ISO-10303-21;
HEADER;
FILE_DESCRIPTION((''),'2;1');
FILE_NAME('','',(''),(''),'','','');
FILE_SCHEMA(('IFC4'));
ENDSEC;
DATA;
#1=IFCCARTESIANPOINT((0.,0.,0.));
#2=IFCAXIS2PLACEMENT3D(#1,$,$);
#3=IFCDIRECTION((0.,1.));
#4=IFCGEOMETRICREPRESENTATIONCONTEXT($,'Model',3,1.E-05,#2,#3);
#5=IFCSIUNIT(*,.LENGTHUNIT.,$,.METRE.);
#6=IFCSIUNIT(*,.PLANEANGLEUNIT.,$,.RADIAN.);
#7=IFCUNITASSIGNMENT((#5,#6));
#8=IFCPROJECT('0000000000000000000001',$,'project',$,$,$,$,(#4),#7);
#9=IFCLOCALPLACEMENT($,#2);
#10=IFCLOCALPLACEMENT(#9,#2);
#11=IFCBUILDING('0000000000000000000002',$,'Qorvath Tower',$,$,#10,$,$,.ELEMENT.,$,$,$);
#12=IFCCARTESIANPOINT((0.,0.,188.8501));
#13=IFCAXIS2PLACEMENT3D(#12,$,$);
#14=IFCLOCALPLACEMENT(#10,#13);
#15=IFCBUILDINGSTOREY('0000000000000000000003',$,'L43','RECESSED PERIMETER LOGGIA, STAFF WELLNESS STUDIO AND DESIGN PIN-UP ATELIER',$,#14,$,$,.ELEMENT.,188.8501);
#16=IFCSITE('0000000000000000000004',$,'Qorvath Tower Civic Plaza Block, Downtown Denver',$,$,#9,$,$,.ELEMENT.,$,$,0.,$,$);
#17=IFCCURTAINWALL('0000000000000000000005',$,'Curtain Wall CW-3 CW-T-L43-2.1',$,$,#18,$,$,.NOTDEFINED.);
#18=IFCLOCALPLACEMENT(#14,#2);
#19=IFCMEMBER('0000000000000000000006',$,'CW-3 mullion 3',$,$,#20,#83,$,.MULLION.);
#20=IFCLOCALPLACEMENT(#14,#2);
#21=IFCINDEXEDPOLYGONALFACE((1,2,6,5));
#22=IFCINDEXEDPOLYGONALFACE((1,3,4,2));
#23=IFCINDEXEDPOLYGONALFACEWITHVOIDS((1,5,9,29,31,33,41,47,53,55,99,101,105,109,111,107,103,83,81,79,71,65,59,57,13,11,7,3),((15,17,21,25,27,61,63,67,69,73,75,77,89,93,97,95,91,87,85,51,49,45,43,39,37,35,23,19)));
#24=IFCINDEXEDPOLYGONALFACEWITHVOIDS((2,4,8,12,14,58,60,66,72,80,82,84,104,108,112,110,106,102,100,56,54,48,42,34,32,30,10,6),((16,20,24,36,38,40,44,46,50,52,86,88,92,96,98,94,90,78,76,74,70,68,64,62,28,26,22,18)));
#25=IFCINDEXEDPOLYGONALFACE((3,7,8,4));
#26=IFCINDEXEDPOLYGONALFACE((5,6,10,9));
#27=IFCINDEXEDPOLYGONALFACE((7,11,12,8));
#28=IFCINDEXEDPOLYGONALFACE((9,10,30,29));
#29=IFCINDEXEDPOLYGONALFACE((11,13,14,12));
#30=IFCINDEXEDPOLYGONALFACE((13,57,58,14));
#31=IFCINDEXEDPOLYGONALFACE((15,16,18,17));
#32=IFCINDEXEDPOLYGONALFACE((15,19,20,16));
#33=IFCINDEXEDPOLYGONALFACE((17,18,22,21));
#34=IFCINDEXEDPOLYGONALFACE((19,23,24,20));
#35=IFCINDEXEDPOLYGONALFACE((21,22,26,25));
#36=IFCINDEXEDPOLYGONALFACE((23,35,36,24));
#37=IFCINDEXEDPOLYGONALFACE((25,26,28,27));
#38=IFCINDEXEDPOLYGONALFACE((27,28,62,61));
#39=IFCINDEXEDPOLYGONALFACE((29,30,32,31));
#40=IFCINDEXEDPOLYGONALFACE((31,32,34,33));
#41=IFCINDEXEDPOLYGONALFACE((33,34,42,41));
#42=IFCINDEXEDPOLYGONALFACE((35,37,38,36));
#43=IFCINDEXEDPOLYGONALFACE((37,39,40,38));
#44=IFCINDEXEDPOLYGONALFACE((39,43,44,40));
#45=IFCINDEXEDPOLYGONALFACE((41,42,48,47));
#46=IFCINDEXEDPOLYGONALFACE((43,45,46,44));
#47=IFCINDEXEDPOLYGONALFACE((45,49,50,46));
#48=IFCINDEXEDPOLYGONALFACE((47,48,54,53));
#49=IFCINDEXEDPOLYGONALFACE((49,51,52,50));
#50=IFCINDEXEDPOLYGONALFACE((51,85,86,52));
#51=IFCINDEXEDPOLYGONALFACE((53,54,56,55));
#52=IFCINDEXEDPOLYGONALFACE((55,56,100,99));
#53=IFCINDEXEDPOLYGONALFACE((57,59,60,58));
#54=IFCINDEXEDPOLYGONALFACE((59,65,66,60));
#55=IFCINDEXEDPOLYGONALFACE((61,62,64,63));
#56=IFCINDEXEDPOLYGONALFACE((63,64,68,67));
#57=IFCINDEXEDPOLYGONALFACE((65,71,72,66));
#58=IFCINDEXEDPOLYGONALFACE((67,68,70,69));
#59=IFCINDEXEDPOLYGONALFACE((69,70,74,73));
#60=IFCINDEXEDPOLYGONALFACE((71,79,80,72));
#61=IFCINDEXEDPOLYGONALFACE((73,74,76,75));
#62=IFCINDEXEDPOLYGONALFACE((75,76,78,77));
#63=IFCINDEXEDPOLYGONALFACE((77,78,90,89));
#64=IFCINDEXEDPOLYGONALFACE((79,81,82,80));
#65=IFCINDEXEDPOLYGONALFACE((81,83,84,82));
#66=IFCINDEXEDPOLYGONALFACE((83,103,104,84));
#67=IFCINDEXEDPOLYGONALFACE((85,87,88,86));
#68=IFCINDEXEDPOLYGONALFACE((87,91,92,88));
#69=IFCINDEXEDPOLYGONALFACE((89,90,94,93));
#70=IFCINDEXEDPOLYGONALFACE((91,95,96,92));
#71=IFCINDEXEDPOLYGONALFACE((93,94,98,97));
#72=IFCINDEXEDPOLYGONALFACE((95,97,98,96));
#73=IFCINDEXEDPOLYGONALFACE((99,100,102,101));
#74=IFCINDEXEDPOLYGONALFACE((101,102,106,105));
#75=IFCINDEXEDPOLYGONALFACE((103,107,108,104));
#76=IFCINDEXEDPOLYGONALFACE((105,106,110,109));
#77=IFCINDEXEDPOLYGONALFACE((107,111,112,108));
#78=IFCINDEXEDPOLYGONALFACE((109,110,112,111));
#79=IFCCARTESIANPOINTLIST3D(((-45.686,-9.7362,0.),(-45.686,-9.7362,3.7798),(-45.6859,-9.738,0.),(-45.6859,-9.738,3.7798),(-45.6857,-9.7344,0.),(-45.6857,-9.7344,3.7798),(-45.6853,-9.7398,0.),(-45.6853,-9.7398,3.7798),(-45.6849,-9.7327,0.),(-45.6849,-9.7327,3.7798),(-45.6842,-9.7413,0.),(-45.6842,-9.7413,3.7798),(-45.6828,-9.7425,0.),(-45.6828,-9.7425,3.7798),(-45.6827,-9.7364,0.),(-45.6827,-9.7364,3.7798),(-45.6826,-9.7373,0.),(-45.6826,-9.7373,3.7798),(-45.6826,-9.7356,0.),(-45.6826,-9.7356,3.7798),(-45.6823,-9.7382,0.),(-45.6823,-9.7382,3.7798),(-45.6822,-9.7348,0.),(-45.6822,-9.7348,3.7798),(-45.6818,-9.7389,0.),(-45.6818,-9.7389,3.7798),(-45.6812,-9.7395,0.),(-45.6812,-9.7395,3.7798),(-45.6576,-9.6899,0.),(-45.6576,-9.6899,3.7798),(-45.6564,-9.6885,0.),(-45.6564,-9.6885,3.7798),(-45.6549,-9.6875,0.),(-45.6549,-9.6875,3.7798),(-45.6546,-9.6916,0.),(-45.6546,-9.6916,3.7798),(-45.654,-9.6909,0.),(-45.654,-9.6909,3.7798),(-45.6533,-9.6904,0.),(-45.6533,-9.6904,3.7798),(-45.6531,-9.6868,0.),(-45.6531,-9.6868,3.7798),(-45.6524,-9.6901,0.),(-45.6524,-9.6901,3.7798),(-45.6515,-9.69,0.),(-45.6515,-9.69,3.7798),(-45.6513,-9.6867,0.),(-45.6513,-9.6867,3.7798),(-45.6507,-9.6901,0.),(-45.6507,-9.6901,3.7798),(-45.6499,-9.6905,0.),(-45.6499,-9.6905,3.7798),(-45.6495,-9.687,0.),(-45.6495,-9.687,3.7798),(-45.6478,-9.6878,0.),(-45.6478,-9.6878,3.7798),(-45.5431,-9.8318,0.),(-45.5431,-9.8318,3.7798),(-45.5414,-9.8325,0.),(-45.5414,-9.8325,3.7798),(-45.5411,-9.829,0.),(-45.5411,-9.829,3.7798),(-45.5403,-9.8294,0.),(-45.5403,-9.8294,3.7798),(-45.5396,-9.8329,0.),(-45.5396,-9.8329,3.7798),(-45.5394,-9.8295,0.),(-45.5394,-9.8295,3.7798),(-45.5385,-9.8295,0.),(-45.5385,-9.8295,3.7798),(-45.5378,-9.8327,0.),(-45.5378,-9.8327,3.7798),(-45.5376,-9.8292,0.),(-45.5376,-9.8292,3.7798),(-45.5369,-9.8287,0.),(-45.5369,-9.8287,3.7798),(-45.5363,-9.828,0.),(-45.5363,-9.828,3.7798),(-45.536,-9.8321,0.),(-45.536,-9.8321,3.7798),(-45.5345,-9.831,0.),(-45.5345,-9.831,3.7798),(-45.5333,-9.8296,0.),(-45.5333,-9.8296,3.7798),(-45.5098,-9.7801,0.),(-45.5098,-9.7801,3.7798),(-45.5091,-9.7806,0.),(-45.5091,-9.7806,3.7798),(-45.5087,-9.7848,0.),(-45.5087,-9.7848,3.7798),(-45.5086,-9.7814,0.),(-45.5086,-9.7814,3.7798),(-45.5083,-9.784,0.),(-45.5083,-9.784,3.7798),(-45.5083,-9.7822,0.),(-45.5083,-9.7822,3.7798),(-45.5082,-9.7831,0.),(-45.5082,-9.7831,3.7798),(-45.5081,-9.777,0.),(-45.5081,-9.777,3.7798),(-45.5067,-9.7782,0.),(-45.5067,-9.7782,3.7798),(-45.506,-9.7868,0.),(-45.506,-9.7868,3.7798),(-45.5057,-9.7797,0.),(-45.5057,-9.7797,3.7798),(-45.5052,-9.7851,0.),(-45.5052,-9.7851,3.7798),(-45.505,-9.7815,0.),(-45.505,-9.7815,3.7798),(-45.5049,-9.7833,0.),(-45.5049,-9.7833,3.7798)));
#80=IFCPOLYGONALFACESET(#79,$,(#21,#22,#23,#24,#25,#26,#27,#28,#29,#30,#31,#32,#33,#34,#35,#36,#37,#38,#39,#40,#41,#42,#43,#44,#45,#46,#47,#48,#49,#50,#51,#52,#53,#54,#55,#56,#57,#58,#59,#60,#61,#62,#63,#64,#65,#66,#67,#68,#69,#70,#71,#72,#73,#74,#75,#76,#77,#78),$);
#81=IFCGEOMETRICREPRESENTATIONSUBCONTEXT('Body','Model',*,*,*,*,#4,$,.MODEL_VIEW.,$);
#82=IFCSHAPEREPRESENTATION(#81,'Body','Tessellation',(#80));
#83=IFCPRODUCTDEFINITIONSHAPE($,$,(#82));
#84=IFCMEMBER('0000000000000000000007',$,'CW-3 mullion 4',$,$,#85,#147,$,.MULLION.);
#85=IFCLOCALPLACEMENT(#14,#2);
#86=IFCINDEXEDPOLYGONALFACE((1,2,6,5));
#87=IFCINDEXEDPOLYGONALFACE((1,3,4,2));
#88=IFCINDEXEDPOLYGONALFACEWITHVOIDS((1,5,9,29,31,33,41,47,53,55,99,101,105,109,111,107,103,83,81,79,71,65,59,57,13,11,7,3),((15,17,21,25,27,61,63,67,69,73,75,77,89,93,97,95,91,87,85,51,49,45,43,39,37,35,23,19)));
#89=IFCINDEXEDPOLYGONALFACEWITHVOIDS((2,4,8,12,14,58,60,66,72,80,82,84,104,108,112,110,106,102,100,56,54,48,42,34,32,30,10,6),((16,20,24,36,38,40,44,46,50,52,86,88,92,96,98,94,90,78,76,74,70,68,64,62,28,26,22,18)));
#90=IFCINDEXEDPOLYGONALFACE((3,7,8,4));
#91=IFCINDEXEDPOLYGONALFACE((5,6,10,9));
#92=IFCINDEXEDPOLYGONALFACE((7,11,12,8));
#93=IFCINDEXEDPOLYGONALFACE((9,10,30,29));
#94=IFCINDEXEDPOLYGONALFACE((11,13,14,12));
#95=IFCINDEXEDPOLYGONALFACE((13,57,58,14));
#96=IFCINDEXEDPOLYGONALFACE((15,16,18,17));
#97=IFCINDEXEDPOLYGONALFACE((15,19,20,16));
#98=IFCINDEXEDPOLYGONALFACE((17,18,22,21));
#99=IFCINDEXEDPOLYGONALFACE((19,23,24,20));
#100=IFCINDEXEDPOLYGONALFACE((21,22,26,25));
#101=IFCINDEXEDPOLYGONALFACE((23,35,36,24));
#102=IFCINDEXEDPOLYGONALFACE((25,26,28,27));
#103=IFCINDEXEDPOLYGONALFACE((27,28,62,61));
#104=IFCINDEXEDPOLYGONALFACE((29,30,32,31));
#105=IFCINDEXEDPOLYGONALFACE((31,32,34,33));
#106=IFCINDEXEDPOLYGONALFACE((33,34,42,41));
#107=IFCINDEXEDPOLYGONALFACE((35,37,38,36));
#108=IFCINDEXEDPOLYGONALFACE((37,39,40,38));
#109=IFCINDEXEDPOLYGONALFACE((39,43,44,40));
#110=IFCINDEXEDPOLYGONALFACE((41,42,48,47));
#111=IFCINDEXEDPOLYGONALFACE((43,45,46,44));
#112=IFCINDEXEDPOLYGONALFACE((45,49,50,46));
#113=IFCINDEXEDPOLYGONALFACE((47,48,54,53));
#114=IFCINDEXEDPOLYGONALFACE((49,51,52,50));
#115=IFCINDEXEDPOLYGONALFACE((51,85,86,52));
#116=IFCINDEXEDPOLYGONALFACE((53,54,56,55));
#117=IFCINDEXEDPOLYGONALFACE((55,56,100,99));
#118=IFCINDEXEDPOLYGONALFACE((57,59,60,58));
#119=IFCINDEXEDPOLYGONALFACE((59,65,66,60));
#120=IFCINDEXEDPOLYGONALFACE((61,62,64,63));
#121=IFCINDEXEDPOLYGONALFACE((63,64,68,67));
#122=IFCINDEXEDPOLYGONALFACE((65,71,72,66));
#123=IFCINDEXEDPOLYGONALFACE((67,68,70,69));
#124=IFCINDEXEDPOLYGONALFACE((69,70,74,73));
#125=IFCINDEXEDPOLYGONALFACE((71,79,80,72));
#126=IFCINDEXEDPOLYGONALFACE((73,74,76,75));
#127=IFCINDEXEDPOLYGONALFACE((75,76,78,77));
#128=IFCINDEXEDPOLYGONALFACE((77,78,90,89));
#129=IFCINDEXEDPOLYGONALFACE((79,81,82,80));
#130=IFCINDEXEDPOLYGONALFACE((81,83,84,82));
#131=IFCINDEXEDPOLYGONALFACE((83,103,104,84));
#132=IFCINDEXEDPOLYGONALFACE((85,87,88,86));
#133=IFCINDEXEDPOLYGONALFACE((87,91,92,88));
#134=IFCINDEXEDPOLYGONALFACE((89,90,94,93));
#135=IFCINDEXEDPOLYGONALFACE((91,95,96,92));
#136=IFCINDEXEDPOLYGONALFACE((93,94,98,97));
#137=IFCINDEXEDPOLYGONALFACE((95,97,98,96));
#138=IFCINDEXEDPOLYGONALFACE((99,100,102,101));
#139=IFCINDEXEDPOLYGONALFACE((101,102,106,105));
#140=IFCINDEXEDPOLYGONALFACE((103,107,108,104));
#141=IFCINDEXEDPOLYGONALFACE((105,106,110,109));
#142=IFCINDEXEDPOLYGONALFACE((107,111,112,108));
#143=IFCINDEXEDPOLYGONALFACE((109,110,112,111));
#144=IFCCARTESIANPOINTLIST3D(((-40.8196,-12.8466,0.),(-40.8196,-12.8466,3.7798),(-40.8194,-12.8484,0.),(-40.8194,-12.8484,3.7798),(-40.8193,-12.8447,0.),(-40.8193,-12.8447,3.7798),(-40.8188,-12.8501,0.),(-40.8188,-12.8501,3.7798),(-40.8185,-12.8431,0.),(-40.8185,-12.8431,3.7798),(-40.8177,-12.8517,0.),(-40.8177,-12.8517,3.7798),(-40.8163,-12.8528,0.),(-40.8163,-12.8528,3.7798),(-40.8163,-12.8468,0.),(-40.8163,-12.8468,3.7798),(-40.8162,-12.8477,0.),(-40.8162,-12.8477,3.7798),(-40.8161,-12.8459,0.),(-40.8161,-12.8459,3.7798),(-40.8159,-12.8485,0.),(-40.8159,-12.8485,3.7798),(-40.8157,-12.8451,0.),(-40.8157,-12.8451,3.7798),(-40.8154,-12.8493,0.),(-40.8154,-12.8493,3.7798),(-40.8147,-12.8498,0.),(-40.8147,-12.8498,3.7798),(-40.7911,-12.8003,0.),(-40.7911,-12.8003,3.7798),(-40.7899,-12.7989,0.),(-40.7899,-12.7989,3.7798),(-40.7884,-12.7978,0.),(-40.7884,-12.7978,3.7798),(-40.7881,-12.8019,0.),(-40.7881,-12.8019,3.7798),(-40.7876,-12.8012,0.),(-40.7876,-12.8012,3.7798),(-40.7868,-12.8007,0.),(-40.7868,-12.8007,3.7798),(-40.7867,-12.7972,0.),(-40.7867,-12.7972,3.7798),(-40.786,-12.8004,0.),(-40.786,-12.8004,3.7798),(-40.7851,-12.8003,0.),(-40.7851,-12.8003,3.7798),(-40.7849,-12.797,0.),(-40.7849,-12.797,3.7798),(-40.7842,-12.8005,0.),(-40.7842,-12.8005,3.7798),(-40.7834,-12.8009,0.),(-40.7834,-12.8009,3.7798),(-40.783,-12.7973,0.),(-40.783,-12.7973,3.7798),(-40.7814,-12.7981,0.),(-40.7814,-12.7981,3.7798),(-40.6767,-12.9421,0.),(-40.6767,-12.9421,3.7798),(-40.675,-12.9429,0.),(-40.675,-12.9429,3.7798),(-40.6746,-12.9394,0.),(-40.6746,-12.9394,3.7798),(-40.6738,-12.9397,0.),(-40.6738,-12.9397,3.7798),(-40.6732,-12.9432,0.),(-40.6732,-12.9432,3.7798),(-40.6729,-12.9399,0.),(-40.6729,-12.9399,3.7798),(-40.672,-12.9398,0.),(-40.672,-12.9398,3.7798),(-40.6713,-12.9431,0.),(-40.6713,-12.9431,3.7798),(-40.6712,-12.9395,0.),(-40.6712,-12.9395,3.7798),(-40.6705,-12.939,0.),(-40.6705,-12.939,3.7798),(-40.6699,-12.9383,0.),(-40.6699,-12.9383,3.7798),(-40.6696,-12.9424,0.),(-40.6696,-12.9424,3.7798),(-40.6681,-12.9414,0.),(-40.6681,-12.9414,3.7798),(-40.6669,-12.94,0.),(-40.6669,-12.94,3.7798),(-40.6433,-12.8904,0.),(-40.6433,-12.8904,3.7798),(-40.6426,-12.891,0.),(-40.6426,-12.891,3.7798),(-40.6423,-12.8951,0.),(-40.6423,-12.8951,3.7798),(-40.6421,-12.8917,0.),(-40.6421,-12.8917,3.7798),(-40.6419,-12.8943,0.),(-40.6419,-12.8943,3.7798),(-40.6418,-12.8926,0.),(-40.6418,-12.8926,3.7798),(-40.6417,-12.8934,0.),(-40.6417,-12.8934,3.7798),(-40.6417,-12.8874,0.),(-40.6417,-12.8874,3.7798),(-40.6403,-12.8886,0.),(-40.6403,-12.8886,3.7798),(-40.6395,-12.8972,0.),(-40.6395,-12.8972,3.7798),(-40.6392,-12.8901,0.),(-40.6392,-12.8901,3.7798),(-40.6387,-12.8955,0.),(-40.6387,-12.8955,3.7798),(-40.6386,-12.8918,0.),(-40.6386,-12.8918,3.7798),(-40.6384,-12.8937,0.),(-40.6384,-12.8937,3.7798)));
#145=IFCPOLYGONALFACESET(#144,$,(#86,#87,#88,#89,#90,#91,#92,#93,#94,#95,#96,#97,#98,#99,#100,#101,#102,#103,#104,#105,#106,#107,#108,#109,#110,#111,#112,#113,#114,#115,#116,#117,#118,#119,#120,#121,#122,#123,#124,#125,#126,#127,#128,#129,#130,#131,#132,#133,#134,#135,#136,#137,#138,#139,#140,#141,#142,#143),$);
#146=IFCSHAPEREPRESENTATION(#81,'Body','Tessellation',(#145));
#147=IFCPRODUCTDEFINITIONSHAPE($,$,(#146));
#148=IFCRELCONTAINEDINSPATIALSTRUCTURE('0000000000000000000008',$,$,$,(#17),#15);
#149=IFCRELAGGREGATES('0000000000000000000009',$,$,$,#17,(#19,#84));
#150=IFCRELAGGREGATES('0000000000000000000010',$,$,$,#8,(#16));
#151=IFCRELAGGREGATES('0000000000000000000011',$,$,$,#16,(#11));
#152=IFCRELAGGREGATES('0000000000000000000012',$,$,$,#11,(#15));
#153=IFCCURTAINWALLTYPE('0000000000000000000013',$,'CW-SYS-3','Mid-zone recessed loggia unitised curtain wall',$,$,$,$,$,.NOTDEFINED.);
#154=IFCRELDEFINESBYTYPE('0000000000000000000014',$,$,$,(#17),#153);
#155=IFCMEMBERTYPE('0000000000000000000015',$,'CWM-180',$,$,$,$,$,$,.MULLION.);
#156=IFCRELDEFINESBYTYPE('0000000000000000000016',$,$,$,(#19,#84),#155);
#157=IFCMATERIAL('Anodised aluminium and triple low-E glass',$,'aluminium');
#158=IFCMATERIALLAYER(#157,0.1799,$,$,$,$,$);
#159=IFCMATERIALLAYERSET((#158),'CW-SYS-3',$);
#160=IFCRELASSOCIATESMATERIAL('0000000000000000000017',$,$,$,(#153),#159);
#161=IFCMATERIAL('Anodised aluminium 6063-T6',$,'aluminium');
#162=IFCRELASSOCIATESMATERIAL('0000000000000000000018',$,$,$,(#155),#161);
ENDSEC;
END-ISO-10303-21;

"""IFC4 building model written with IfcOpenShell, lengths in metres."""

from ifc_helpers import new_model, si_unit, direction, frame, origin, origin_2d, place, context, subcontext, project, spatial, hollow_rectangle, extrude, material, layer, layer_set, material_profile, profile_set, type_object, element, aggregate, save


model = new_model("IFC4")

# Units and contexts
model_context = context("Model", 3, precision=1e-05, world=origin(), true_north=direction((0.0, 1.0)))
body_context = subcontext(model_context, "Body", "Model", "MODEL_VIEW")
ifc_project = project(units=[si_unit("LENGTHUNIT", "METRE"), si_unit("PLANEANGLEUNIT", "RADIAN")], contexts=[model_context])

# Site, building, storey
site_placement = place(None, origin())
site = spatial("IfcSite", under=ifc_project, at=site_placement, Name="Qorvath Tower Civic Plaza Block, Downtown Denver", CompositionType="ELEMENT", RefElevation=0.0)
building_placement = place(site_placement, origin())
building = spatial("IfcBuilding", under=site, at=building_placement, Name="Qorvath Tower", CompositionType="ELEMENT")
storey_placement = place(building_placement, frame((0.0, 0.0, 188.8501)))
storey = spatial("IfcBuildingStorey", under=building, at=storey_placement, Name="L43", Description="RECESSED PERIMETER LOGGIA, STAFF WELLNESS STUDIO AND DESIGN PIN-UP ATELIER", CompositionType="ELEMENT", Elevation=188.8501)

# Curtain wall, members
ifc_material_1 = material(Name="Anodised aluminium and triple low-E glass", Category="aluminium")
ifc_layer_1 = layer(ifc_material_1, 0.1799)
ifc_layer_set_1 = layer_set([ifc_layer_1], Name="CW-SYS-3")
curtain_wall_type = type_object("IfcCurtainWallType", Name="CW-SYS-3", Description="Mid-zone recessed loggia unitised curtain wall", PredefinedType="NOTDEFINED", material=ifc_layer_set_1)
curtain_wall_placement = place(storey_placement, origin())
curtain_wall = element("IfcCurtainWall", 1, at=curtain_wall_placement, inside=storey, type_object=curtain_wall_type, Name="Curtain Wall CW-3 CW-T-L43-2.1", PredefinedType="NOTDEFINED")
ifc_material_2 = material(Name="Anodised aluminium 6063-T6", Category="aluminium")
ifc_material_profile_1 = material_profile(ifc_material_2, hollow_rectangle(XDim=0.0649, YDim=0.1799, WallThickness=0.0034, InnerFilletRadius=0.0034, OuterFilletRadius=0.0071, at=origin_2d()), Name="CWM 180x65")
ifc_profile_set_1 = profile_set([ifc_material_profile_1], Name="Anodised aluminium 6063-T6")
member_type_1 = type_object("IfcMemberType", Name="CWM-180", PredefinedType="MULLION", material=ifc_profile_set_1)
member_1_placement = place(storey_placement, frame((-45.5955, -9.7598, 0.0), z_axis=(0.0, 0.0, 1.0), x_axis=(0.53853, 0.842607, 0.0)))
member_1 = element("IfcMember", 2, at=member_1_placement, type_object=member_type_1, Name="CW-3 mullion 3", PredefinedType="MULLION", context=body_context, shape_type="SweptSolid", body=[
    extrude(hollow_rectangle(XDim=0.0649, YDim=0.1799, WallThickness=0.0034, InnerFilletRadius=0.0034, OuterFilletRadius=0.0071, at=origin_2d()), origin(), (0.0, 0.0, 1.0), 3.7798),
])
member_2_placement = place(storey_placement, frame((-40.729, -12.8701, 0.0), z_axis=(0.0, 0.0, 1.0), x_axis=(0.53853, 0.842607, 0.0)))
member_2 = element("IfcMember", 3, at=member_2_placement, type_object=member_type_1, Name="CW-3 mullion 4", PredefinedType="MULLION", context=body_context, shape_type="SweptSolid", body=[
    extrude(hollow_rectangle(XDim=0.0649, YDim=0.1799, WallThickness=0.0034, InnerFilletRadius=0.0034, OuterFilletRadius=0.0071, at=origin_2d()), origin(), (0.0, 0.0, 1.0), 3.7798),
])
aggregate(curtain_wall, [member_1, member_2])

save(model, "model.ifc")
